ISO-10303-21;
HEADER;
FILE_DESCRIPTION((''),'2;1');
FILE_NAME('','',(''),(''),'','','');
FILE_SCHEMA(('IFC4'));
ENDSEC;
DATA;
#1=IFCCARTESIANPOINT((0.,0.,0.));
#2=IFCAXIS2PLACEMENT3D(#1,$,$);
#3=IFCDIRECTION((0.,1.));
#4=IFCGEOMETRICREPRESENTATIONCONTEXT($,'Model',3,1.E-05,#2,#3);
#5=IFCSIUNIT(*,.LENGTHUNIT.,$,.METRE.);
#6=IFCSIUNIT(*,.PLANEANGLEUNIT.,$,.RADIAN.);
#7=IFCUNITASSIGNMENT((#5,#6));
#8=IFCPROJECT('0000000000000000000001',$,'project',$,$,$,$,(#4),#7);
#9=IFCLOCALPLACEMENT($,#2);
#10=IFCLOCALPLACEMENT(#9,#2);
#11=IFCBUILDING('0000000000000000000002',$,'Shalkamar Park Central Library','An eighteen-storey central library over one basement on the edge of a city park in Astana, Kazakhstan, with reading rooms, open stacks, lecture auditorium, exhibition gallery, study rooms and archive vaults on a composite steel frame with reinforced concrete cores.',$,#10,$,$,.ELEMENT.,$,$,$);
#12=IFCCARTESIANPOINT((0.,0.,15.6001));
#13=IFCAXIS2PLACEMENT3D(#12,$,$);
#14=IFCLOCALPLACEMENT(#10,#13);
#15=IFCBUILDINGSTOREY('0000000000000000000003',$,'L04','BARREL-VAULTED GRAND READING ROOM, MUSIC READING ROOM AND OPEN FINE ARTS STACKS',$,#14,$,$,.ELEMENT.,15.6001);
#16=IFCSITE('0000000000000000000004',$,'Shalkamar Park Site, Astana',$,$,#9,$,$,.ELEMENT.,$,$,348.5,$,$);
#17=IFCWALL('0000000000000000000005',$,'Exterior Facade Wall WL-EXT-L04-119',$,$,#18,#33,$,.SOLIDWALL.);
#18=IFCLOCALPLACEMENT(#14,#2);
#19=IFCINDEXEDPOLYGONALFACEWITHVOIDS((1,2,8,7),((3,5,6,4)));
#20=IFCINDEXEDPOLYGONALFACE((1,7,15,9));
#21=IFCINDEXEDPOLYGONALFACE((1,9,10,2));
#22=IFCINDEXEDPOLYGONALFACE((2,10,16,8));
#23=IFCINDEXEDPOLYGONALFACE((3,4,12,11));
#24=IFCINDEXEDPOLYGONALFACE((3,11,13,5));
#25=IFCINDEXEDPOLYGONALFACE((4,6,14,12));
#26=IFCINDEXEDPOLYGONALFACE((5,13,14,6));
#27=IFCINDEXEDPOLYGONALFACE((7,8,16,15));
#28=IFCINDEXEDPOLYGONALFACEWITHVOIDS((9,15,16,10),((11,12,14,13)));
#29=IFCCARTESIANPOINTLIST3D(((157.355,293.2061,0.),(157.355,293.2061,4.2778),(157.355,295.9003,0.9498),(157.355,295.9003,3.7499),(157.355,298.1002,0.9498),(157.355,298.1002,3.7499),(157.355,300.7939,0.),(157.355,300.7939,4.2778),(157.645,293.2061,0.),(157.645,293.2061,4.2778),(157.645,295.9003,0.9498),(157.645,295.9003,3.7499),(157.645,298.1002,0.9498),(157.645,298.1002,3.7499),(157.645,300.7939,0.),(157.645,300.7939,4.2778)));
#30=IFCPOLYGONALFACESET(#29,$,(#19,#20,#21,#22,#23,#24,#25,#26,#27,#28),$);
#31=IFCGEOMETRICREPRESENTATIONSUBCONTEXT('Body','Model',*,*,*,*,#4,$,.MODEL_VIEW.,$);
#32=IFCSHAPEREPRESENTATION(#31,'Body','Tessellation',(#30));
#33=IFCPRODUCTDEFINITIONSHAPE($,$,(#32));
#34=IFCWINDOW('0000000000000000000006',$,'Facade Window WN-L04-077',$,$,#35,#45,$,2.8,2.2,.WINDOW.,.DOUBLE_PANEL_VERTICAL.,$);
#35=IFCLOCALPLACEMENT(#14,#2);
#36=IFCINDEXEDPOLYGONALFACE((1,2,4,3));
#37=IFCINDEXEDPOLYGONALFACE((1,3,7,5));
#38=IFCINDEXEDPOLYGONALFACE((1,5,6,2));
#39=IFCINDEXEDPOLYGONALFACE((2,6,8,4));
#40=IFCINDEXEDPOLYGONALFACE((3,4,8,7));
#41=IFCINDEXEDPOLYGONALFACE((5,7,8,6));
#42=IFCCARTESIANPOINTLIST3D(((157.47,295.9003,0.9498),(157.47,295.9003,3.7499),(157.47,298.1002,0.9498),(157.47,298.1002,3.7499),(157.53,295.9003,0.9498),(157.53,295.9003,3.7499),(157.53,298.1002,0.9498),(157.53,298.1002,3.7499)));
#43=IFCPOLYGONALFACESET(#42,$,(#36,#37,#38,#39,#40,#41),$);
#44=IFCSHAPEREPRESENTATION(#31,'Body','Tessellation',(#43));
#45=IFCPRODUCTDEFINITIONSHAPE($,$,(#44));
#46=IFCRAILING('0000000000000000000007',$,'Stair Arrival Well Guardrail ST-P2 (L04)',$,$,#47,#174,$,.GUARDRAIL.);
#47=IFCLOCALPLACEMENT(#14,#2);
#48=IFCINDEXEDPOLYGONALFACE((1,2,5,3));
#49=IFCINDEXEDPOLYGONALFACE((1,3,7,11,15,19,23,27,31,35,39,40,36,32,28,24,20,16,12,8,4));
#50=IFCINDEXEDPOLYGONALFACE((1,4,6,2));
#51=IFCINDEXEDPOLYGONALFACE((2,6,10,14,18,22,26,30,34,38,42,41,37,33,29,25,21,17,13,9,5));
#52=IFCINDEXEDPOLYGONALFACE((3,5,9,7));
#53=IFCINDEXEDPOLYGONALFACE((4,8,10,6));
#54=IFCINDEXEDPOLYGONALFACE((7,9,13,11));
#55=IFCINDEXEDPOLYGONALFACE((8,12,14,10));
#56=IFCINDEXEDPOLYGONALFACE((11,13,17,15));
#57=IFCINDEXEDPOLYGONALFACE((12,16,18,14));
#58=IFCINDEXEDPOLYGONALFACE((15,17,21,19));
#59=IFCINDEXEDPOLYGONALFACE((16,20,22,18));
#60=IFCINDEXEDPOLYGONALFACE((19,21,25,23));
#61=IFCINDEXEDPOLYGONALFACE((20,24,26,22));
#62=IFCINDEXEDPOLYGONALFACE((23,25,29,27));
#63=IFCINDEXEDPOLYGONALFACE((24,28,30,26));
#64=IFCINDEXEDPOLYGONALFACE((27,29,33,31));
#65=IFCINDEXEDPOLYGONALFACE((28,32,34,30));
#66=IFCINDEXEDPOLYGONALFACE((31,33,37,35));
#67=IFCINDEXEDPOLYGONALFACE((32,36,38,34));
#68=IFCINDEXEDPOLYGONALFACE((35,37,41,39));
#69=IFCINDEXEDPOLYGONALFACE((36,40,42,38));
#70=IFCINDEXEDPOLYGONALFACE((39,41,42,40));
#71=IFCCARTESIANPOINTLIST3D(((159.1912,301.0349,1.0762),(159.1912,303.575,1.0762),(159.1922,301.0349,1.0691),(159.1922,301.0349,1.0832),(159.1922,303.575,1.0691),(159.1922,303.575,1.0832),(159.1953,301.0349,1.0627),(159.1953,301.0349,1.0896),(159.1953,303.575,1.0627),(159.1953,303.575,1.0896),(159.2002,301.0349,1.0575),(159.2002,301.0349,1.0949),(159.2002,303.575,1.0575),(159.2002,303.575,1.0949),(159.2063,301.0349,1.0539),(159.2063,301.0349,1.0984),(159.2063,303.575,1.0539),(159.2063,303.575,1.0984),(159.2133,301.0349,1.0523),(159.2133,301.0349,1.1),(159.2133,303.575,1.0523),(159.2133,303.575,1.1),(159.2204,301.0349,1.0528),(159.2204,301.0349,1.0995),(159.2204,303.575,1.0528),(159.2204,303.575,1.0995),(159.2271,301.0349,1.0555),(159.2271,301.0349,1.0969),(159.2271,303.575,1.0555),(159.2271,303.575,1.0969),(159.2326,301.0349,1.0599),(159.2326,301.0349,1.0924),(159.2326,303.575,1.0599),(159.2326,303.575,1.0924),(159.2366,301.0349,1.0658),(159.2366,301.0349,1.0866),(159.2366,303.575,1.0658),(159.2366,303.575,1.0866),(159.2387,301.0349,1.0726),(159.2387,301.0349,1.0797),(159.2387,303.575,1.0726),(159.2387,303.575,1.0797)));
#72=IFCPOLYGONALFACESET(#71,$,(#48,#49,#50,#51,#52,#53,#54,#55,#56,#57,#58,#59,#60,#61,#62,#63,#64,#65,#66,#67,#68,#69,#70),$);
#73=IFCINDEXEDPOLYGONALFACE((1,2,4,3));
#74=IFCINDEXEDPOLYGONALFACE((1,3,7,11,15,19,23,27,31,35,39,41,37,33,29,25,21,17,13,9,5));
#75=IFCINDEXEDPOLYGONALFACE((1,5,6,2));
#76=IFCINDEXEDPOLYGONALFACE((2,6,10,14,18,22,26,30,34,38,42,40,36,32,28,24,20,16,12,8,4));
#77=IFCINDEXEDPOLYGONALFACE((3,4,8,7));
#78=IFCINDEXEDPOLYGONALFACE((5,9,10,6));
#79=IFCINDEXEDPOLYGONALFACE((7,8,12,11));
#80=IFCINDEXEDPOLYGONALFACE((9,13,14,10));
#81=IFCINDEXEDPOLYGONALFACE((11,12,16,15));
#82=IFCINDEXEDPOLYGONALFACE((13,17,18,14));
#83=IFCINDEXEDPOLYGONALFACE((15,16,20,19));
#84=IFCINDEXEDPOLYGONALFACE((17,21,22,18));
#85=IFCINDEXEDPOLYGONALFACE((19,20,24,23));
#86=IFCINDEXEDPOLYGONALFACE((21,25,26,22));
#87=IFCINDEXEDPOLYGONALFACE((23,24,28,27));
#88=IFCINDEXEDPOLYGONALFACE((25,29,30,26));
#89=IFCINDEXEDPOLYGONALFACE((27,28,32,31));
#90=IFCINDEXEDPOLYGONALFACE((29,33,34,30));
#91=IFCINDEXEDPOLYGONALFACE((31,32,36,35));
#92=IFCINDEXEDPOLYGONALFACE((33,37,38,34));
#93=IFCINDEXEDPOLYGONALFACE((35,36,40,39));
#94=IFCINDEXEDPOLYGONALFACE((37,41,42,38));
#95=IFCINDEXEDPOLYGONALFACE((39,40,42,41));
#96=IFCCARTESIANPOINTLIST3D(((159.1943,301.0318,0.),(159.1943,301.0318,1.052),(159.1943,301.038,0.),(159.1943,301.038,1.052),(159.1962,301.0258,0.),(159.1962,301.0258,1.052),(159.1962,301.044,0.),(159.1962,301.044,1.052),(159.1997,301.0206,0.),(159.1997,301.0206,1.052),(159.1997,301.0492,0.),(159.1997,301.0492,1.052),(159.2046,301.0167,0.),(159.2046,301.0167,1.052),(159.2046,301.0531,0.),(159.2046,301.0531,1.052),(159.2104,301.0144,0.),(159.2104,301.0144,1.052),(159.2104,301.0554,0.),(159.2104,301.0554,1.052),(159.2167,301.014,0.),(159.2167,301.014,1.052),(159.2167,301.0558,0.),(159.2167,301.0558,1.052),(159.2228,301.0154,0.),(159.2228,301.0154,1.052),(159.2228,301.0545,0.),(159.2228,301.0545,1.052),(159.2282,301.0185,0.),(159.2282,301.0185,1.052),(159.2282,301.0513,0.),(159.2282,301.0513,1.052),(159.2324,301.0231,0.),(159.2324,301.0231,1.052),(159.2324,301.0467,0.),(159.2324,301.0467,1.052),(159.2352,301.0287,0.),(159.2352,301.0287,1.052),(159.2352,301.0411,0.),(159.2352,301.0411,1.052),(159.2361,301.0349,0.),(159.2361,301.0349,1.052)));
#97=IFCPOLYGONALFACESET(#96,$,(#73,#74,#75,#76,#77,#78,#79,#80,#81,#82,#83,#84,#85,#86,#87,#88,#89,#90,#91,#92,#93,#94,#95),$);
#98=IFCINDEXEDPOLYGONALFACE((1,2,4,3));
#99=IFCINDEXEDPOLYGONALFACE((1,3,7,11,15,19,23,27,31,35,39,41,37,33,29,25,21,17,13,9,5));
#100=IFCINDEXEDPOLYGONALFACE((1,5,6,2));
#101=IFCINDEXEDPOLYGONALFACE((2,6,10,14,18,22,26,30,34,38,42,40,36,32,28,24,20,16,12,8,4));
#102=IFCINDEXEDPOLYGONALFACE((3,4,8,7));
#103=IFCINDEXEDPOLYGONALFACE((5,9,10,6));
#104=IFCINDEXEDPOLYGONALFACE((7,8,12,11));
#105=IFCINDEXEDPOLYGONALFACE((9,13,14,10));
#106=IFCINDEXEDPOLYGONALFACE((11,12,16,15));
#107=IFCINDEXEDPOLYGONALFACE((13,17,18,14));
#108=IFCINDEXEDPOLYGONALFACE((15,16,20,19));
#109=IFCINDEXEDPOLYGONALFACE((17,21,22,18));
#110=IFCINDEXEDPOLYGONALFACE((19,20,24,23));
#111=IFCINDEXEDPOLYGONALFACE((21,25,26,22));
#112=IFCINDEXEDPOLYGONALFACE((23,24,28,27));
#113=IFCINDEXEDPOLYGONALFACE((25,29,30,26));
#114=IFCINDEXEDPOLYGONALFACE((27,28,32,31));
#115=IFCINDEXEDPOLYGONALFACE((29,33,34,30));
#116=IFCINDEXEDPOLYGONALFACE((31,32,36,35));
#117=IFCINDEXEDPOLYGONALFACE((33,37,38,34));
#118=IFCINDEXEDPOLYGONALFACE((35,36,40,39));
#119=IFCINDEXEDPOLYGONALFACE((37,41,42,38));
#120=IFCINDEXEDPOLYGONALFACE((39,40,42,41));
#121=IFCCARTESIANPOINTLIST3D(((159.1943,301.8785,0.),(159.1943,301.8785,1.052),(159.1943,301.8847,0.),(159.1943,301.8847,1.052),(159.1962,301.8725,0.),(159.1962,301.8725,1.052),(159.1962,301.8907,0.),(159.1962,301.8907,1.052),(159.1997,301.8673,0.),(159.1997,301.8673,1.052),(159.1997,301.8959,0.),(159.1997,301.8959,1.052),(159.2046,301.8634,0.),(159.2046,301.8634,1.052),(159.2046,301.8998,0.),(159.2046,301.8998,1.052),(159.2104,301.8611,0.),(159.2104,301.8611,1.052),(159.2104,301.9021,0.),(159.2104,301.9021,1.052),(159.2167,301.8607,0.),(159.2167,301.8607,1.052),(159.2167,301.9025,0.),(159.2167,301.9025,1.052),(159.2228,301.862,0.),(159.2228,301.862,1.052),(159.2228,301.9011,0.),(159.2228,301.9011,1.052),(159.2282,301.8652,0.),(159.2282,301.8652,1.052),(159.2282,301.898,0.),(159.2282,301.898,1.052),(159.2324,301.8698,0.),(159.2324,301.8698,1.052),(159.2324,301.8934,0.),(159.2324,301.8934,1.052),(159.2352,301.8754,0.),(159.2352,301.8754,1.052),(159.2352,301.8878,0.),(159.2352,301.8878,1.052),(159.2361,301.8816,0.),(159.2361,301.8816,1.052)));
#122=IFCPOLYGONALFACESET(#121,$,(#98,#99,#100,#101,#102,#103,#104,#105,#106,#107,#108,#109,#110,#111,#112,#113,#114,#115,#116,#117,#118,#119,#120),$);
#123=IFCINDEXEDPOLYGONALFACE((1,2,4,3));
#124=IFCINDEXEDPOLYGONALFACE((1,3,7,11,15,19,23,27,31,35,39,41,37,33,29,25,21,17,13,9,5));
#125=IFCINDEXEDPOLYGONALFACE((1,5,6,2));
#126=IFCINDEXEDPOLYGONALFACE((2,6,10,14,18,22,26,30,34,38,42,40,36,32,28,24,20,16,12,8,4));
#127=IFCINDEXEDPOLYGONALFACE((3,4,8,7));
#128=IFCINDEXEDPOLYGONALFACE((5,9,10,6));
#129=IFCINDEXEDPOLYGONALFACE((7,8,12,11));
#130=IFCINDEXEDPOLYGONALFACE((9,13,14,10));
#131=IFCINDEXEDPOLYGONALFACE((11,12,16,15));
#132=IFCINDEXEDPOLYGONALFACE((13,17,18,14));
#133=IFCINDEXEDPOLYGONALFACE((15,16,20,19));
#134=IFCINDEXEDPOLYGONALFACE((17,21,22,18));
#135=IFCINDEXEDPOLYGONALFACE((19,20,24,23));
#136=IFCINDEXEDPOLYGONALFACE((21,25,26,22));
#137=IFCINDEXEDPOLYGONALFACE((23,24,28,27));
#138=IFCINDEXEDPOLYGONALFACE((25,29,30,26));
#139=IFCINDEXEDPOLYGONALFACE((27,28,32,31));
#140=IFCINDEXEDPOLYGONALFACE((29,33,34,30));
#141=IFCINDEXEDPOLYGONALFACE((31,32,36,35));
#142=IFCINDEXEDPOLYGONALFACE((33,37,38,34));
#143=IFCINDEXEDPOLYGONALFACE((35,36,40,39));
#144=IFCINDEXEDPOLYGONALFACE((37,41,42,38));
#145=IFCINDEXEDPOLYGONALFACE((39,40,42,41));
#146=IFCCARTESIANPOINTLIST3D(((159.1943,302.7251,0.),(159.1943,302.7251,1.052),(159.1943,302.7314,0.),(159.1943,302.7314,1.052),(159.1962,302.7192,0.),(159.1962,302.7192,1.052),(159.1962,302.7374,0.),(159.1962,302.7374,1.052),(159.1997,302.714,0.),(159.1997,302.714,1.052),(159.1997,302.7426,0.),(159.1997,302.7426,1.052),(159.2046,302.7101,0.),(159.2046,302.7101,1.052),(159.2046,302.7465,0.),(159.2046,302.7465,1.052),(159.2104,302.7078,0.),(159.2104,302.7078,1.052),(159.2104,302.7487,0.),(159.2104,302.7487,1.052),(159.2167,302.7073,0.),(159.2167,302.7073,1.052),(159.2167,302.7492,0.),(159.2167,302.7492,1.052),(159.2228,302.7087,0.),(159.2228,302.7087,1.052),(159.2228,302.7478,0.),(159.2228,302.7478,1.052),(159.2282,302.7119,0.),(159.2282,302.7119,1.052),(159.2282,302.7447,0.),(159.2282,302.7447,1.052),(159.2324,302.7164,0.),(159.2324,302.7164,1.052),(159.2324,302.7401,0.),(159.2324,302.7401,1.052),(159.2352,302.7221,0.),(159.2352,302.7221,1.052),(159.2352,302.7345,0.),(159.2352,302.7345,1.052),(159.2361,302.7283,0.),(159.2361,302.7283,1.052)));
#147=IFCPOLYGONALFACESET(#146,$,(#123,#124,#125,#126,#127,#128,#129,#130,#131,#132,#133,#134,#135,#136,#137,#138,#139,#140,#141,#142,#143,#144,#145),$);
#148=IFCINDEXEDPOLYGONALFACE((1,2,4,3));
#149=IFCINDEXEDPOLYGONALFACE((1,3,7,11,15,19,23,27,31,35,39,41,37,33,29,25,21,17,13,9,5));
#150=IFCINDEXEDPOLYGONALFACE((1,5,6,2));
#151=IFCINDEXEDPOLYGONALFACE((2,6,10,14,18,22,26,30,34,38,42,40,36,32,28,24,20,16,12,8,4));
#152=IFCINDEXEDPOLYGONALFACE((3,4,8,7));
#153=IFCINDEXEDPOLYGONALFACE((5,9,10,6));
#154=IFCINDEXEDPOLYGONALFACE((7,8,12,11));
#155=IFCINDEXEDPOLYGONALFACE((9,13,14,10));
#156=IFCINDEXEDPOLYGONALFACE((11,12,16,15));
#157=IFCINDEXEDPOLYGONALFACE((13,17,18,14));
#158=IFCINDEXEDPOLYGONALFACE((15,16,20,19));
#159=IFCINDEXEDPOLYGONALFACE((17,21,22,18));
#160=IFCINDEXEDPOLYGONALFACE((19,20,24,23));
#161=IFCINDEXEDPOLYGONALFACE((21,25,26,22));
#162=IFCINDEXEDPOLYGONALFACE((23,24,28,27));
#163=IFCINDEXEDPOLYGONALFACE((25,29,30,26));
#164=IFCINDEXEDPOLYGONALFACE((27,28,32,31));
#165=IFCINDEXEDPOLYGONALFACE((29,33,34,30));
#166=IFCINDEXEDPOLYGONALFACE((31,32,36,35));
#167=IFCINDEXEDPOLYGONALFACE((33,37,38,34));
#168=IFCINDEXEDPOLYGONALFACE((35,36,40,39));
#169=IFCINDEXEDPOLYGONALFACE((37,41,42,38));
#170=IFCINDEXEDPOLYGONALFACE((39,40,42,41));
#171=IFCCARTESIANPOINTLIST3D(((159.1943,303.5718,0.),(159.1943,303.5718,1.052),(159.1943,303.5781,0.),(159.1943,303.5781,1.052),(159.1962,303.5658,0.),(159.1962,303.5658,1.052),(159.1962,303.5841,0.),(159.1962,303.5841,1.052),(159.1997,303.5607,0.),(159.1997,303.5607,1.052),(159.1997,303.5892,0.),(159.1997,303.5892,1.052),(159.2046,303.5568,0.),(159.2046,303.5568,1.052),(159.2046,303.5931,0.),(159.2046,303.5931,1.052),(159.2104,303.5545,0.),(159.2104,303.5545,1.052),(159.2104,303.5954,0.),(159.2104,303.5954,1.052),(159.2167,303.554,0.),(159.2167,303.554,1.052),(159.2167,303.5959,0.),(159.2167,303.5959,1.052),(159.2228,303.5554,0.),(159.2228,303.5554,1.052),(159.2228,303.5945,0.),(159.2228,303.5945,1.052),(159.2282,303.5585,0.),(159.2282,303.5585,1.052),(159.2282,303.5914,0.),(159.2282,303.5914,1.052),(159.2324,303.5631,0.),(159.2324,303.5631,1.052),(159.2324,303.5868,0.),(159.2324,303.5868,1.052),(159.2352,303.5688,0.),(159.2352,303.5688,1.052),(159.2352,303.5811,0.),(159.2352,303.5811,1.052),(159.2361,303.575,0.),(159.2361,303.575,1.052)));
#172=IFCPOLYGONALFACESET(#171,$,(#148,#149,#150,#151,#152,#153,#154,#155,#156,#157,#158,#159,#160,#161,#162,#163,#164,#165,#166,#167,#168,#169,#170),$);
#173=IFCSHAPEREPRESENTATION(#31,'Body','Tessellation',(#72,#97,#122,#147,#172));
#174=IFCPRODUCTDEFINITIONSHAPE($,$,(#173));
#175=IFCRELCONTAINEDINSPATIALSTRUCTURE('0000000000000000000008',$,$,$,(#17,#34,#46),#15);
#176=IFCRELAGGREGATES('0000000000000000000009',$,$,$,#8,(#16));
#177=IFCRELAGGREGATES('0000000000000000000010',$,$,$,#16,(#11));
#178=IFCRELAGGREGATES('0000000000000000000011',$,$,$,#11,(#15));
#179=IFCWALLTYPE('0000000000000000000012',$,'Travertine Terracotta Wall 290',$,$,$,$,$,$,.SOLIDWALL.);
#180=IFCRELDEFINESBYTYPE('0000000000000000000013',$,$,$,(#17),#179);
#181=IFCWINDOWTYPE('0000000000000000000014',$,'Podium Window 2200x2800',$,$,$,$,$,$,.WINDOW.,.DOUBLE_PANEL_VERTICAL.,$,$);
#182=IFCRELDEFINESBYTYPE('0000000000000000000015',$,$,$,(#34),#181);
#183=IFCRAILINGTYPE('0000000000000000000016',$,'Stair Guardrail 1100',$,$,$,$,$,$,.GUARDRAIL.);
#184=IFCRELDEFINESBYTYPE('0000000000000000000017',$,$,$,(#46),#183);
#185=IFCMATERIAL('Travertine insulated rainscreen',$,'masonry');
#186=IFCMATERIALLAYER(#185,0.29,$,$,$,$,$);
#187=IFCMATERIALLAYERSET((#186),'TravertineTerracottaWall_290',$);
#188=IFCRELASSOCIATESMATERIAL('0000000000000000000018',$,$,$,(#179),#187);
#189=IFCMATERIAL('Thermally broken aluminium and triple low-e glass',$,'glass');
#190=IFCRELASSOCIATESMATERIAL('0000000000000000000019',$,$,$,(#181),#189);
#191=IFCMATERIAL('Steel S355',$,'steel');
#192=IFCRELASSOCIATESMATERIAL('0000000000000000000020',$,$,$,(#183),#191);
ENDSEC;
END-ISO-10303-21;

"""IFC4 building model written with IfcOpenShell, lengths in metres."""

from ifc_helpers import new_model, si_unit, direction, frame, frame_2d, origin, origin_2d, place, context, subcontext, project, spatial, rectangle, circle, extrude, material, layer, layer_set, type_object, element, fill, save


model = new_model("IFC4")

# Units and contexts
model_context = context("Model", 3, precision=1e-05, world=origin(), true_north=direction((0.0, 1.0)))
body_context = subcontext(model_context, "Body", "Model", "MODEL_VIEW")
ifc_project = project(units=[si_unit("LENGTHUNIT", "METRE"), si_unit("PLANEANGLEUNIT", "RADIAN")], contexts=[model_context])

# Site, building, storey
site_placement = place(None, origin())
site = spatial("IfcSite", under=ifc_project, at=site_placement, Name="Shalkamar Park Site, Astana", CompositionType="ELEMENT", RefElevation=348.5)
building_placement = place(site_placement, origin())
building = spatial("IfcBuilding", under=site, at=building_placement, Name="Shalkamar Park Central Library", Description="An eighteen-storey central library over one basement on the edge of a city park in Astana, Kazakhstan, with reading rooms, open stacks, lecture auditorium, exhibition gallery, study rooms and archive vaults on a composite steel frame with reinforced concrete cores.", CompositionType="ELEMENT")
storey_placement = place(building_placement, frame((0.0, 0.0, 15.6001)))
storey = spatial("IfcBuildingStorey", under=building, at=storey_placement, Name="L04", Description="BARREL-VAULTED GRAND READING ROOM, MUSIC READING ROOM AND OPEN FINE ARTS STACKS", CompositionType="ELEMENT", Elevation=15.6001)

# Shared definitions
ifc_material_1 = material(Name="Steel S355", Category="steel")

# Wall, opening, window
ifc_material_2 = material(Name="Travertine insulated rainscreen", Category="masonry")
ifc_layer_1 = layer(ifc_material_2, 0.29)
ifc_layer_set_1 = layer_set([ifc_layer_1], Name="TravertineTerracottaWall_290")
wall_type_1 = type_object("IfcWallType", Name="Travertine Terracotta Wall 290", PredefinedType="SOLIDWALL", material=ifc_layer_set_1)
wall_1_placement = place(storey_placement, frame((157.5, 293.2061, 0.0), z_axis=(0.0, 0.0, 1.0), x_axis=(0.0, 1.0, 0.0)))
wall_1 = element("IfcWall", 1, at=wall_1_placement, inside=storey, type_object=wall_type_1, Name="Exterior Facade Wall WL-EXT-L04-119", PredefinedType="SOLIDWALL", context=body_context, shape_type="SweptSolid", body=[
    extrude(rectangle(XDim=7.5879, YDim=0.29, at=frame_2d((3.7939, 0.0))), origin(), (0.0, 0.0, 1.0), 4.2778),
])
opening_1_placement = place(wall_1_placement, frame((2.6941, 0.0, 0.95)))
opening_1 = element("IfcOpeningElement", 2, at=opening_1_placement, cuts=wall_1, PredefinedType="OPENING", context=body_context, shape_type="SweptSolid", body=[
    extrude(rectangle(XDim=2.2, YDim=2.8, at=frame_2d((1.1001, 1.3999))), frame((0.0, 0.1599, 0.0), z_axis=(0.0, -1.0, 0.0), x_axis=(1.0, 0.0, 0.0)), (0.0, 0.0, 1.0), 0.3198),
])
ifc_material_3 = material(Name="Thermally broken aluminium and triple low-e glass", Category="glass")
window_type = type_object("IfcWindowType", Name="Podium Window 2200x2800", PartitioningType="DOUBLE_PANEL_VERTICAL", PredefinedType="WINDOW", material=ifc_material_3)
window_placement = place(opening_1_placement, origin())
window = element("IfcWindow", 3, at=window_placement, inside=storey, type_object=window_type, Name="Facade Window WN-L04-077", OverallHeight=2.8, OverallWidth=2.2, PartitioningType="DOUBLE_PANEL_VERTICAL", PredefinedType="WINDOW", context=body_context, shape_type="SweptSolid", body=[
    extrude(rectangle(XDim=2.2, YDim=2.8, at=frame_2d((1.1001, 1.3999))), frame((0.0, 0.03, 0.0), z_axis=(0.0, -1.0, 0.0), x_axis=(1.0, 0.0, 0.0)), (0.0, 0.0, 1.0), 0.0601),
])
fill(opening_1, window)

# Railing
railing_type = type_object("IfcRailingType", Name="Stair Guardrail 1100", PredefinedType="GUARDRAIL", material=ifc_material_1)
railing_placement = place(storey_placement, frame((159.2151, 301.0349, 0.0)))
element("IfcRailing", 4, at=railing_placement, inside=storey, type_object=railing_type, Name="Stair Arrival Well Guardrail ST-P2 (L04)", PredefinedType="GUARDRAIL", context=body_context, shape_type="SweptSolid", body=[
    extrude(circle(Radius=0.0239, at=origin_2d()), frame((0.0, 0.0, 1.0762), z_axis=(0.0, 1.0, 0.0), x_axis=(-1.0, 0.0, 0.0)), (0.0, 0.0, 1.0), 2.54),
    extrude(circle(Radius=0.021, at=origin_2d()), origin(), (0.0, 0.0, 1.0), 1.052),
    extrude(circle(Radius=0.021, at=origin_2d()), frame((0.0, 0.8467, 0.0)), (0.0, 0.0, 1.0), 1.052),
    extrude(circle(Radius=0.021, at=origin_2d()), frame((0.0, 1.6934, 0.0)), (0.0, 0.0, 1.0), 1.052),
    extrude(circle(Radius=0.021, at=origin_2d()), frame((0.0, 2.54, 0.0)), (0.0, 0.0, 1.0), 1.052),
])

save(model, "model.ifc")
